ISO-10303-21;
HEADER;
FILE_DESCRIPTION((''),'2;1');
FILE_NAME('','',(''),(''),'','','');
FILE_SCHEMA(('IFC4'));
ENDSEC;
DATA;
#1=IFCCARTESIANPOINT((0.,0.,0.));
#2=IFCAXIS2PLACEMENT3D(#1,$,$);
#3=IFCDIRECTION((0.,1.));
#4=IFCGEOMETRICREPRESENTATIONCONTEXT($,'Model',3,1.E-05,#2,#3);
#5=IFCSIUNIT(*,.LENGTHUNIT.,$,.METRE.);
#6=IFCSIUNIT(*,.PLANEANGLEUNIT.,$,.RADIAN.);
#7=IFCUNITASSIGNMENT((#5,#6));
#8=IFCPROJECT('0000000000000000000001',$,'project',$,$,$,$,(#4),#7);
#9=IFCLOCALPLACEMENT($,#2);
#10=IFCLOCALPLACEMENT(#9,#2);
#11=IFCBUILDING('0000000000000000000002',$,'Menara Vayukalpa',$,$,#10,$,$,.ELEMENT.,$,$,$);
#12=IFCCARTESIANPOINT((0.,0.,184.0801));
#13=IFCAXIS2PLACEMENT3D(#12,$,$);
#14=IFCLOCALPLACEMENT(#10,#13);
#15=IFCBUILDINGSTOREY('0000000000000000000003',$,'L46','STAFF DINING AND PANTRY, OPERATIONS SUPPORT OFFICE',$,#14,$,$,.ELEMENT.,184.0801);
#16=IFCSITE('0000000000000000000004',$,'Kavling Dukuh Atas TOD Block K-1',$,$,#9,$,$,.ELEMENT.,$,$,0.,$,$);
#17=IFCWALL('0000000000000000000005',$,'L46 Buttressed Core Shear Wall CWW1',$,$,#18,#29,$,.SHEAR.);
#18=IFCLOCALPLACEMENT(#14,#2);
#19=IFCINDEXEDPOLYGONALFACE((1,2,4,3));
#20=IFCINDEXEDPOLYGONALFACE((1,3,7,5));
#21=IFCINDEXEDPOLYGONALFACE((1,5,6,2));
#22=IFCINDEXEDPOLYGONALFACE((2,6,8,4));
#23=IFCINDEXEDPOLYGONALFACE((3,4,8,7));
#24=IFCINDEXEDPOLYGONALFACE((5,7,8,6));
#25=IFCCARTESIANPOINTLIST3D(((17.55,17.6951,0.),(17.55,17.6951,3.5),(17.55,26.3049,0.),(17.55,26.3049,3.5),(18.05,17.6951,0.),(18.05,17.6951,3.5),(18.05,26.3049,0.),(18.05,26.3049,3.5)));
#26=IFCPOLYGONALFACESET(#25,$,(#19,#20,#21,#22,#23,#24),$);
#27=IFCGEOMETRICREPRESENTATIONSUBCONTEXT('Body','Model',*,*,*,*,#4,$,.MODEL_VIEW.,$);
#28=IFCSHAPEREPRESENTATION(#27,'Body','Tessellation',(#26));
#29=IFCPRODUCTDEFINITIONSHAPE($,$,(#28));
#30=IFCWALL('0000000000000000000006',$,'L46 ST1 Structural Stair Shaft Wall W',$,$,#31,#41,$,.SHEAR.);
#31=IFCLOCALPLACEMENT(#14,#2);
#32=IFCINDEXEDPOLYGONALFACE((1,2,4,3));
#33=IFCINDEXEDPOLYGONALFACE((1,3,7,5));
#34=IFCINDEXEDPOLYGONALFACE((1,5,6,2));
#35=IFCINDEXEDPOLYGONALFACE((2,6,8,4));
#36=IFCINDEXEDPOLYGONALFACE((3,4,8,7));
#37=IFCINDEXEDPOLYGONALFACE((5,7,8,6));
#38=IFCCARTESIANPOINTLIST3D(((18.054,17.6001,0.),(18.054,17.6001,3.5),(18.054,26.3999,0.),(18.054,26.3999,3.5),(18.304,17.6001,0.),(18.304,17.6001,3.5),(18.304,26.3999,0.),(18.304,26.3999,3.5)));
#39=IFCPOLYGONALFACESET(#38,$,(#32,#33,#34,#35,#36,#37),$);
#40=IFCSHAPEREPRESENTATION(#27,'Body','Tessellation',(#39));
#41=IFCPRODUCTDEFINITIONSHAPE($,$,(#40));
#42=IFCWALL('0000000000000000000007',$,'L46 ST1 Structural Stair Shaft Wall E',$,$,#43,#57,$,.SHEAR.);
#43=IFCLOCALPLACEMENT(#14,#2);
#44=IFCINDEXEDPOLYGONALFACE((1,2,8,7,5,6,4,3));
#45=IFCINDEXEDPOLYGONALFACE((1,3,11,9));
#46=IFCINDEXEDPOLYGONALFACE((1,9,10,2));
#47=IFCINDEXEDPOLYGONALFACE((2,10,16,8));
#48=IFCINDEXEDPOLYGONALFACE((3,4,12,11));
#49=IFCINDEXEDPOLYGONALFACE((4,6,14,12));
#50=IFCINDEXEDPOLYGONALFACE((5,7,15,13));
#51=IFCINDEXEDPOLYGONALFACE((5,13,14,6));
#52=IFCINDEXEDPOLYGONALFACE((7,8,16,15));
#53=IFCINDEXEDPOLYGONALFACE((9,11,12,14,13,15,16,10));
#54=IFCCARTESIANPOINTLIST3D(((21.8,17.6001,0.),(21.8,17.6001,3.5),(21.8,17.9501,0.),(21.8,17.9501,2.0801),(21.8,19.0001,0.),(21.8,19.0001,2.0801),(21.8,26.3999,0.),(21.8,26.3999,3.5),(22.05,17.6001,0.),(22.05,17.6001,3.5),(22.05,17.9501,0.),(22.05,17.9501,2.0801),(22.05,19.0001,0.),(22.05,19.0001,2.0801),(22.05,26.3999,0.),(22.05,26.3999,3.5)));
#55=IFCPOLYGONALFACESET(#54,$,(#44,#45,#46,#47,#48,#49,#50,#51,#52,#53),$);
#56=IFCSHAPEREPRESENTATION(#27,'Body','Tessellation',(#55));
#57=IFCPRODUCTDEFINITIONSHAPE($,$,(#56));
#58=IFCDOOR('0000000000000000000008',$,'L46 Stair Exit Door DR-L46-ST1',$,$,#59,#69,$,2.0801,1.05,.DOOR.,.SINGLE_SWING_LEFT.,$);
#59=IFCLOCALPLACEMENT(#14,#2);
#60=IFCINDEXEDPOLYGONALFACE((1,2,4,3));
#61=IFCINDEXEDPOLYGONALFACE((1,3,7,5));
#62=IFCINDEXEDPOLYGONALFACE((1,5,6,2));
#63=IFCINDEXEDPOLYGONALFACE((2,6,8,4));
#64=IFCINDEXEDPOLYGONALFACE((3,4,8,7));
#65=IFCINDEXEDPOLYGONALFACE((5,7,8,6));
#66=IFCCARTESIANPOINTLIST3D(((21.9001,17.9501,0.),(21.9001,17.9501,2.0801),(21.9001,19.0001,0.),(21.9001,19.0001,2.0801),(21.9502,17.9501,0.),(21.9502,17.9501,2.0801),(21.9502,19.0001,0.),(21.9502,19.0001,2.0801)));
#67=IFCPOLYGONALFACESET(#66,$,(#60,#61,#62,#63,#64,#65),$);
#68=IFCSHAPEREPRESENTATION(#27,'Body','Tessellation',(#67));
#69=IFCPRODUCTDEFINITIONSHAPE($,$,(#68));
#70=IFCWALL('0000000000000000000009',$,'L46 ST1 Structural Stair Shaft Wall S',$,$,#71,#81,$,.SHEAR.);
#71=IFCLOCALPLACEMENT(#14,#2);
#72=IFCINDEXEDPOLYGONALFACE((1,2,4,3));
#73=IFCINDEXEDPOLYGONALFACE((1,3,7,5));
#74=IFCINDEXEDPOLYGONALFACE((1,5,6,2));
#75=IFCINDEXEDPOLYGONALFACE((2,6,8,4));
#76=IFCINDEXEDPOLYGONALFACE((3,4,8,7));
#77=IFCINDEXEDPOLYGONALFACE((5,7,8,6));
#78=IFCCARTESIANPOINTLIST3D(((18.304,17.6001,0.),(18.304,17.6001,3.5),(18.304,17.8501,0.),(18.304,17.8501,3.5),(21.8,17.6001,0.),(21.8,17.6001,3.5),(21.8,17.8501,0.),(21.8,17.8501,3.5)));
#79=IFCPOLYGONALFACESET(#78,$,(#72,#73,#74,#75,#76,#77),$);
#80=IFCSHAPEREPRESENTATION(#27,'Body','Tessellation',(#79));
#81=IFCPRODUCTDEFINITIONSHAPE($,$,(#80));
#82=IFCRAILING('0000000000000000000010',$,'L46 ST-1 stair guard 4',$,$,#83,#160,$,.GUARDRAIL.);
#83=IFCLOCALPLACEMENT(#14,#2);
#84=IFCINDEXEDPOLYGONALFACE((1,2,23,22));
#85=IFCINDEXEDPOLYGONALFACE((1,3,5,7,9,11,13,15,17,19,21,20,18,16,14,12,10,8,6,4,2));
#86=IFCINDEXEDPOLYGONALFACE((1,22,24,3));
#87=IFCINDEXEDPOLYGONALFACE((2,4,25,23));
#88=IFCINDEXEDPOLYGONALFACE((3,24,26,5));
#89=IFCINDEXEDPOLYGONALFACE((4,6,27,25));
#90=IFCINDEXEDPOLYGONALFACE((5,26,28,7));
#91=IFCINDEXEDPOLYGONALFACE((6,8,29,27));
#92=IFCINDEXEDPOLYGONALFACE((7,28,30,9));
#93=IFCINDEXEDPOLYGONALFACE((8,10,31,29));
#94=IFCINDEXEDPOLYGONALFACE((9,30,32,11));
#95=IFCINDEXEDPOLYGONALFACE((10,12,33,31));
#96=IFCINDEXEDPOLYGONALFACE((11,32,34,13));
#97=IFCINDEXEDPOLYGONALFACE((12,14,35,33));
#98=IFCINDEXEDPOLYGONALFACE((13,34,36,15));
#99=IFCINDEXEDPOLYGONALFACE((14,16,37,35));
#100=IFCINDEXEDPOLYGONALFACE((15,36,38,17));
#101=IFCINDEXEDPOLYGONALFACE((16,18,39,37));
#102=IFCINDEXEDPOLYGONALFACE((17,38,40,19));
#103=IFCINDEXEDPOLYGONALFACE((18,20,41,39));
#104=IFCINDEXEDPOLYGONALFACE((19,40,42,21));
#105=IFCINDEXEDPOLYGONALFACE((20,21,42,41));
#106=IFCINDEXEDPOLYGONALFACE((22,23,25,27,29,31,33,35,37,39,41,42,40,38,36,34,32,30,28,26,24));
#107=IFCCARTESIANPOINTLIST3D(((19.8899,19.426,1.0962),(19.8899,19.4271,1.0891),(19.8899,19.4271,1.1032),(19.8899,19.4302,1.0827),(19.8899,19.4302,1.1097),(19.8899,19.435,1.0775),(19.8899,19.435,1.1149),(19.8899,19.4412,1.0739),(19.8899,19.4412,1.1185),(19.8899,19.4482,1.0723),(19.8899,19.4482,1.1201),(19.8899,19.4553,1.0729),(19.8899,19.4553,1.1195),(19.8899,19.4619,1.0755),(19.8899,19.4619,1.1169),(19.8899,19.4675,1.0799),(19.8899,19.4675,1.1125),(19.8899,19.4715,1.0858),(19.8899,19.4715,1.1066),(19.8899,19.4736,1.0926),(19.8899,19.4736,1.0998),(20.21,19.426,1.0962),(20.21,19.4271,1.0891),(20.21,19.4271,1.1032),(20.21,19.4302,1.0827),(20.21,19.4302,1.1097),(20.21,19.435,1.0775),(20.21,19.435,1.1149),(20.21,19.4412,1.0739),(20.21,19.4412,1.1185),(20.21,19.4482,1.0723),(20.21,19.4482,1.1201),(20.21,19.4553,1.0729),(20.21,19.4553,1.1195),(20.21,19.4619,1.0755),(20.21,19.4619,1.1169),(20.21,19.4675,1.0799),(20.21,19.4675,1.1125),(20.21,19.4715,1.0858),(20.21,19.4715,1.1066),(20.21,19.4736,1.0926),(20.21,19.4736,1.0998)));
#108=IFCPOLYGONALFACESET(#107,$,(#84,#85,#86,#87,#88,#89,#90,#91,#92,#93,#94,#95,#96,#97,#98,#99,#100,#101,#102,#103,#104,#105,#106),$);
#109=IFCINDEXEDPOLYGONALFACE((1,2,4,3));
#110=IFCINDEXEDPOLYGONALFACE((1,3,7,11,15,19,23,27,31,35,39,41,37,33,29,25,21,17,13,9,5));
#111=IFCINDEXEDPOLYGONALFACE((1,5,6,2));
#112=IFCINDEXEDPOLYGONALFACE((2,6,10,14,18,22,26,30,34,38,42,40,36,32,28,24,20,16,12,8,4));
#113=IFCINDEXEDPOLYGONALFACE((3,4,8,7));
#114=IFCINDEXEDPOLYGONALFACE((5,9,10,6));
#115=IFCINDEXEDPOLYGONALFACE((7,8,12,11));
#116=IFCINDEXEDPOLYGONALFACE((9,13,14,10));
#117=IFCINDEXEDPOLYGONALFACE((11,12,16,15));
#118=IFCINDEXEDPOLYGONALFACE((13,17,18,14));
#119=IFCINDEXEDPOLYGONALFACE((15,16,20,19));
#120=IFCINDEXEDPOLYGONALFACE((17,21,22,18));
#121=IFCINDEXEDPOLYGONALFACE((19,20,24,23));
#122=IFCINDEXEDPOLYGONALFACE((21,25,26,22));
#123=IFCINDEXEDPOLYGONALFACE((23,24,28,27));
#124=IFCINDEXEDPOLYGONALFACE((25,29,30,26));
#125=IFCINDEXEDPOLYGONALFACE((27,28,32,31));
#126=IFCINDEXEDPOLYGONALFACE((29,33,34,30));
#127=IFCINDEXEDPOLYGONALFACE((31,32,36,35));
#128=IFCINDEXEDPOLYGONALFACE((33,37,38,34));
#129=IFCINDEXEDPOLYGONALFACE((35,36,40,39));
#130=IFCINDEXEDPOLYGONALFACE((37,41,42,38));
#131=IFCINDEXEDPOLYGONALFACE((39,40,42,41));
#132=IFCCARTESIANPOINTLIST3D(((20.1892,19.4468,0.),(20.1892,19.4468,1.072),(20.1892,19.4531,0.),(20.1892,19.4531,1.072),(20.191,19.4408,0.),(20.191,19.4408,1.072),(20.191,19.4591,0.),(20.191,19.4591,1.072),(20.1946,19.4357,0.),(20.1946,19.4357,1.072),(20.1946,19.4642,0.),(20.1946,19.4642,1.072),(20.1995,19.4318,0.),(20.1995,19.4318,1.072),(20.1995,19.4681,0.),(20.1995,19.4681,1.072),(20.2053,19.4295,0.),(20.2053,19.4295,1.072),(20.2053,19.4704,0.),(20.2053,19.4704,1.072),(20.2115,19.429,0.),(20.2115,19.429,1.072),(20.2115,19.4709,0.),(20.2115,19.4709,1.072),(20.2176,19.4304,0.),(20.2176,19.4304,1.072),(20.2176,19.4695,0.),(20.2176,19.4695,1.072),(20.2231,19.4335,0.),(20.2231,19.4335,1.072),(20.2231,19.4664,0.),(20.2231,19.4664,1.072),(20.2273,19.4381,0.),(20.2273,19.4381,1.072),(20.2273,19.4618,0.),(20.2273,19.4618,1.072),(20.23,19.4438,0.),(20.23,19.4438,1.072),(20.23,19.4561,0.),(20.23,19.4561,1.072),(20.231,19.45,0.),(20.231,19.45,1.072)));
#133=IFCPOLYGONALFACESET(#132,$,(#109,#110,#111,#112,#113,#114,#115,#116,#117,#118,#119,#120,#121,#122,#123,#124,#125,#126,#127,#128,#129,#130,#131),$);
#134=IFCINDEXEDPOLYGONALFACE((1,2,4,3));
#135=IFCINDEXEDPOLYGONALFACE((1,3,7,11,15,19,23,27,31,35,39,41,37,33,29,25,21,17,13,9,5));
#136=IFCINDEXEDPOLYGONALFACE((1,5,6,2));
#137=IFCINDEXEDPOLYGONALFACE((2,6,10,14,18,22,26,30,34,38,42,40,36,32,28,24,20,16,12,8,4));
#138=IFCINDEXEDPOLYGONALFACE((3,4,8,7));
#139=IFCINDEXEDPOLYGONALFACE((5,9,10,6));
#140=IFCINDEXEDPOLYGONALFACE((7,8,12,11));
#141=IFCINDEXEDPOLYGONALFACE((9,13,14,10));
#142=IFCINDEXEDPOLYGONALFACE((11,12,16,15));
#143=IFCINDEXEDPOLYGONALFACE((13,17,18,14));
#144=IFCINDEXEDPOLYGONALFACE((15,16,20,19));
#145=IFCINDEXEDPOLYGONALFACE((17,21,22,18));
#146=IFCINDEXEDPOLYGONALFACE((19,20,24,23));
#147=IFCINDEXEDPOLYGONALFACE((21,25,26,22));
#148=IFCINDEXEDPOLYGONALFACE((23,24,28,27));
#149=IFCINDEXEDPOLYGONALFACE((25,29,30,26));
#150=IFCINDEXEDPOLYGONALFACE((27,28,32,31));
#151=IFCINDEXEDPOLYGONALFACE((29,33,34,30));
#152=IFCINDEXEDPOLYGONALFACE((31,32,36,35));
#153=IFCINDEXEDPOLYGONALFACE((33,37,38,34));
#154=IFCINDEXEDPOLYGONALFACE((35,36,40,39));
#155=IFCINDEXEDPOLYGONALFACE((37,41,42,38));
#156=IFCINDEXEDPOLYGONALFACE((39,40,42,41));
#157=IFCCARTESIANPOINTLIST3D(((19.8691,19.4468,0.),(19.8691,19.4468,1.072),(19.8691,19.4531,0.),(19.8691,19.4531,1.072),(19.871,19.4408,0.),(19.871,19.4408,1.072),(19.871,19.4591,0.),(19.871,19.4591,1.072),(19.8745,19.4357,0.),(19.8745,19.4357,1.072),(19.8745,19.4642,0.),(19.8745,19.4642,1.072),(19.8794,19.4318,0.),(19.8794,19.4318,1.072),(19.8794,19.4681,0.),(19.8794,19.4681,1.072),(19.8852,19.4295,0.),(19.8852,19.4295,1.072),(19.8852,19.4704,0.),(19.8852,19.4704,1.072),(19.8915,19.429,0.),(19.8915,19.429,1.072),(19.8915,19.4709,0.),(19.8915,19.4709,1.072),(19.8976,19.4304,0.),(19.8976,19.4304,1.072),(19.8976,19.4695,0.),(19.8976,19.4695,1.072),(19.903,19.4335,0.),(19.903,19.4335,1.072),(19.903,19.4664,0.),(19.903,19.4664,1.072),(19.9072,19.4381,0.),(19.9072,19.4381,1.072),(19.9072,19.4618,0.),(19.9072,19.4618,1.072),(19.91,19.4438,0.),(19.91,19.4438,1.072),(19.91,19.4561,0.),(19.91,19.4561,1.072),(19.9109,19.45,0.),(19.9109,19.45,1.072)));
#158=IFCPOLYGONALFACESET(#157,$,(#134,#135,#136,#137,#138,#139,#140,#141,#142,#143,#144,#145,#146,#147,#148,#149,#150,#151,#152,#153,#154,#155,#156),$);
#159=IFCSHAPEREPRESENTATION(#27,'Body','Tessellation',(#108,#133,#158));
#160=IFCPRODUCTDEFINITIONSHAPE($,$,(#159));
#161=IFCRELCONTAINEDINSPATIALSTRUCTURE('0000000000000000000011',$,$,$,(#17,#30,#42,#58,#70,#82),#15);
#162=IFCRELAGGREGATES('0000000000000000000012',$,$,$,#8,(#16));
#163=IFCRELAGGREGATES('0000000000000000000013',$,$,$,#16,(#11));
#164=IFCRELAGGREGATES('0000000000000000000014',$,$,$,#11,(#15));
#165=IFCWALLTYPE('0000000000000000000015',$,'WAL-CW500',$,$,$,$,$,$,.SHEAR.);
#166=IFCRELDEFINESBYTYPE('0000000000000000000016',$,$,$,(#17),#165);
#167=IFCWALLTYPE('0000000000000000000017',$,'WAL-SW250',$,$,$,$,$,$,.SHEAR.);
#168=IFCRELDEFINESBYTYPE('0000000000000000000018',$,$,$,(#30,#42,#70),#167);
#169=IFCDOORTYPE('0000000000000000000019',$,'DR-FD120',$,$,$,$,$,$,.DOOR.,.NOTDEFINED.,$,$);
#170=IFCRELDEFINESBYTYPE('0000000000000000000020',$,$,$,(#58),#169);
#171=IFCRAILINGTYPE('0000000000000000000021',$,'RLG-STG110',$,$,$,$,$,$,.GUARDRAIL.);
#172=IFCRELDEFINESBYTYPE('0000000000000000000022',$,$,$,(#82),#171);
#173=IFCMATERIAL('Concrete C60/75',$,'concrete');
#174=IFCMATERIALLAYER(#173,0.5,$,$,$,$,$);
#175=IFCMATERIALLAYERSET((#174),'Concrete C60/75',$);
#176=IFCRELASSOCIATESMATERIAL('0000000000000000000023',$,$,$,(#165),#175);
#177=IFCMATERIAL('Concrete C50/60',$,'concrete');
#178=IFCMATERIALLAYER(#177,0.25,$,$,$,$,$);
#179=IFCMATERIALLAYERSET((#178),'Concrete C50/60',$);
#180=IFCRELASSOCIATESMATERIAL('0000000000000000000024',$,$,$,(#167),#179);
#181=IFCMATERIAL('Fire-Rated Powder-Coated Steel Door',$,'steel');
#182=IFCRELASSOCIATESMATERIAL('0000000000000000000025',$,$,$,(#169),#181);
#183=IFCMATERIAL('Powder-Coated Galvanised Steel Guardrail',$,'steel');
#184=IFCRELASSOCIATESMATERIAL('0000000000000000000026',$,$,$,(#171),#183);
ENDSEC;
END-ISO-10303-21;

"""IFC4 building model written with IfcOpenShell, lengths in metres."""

from ifc_helpers import new_model, si_unit, direction, frame, frame_2d, origin, origin_2d, place, context, subcontext, project, spatial, rectangle, circle, extrude, material, layer, layer_set, type_object, element, fill, save


model = new_model("IFC4")

# Units and contexts
model_context = context("Model", 3, precision=1e-05, world=origin(), true_north=direction((0.0, 1.0)))
body_context = subcontext(model_context, "Body", "Model", "MODEL_VIEW")
ifc_project = project(units=[si_unit("LENGTHUNIT", "METRE"), si_unit("PLANEANGLEUNIT", "RADIAN")], contexts=[model_context])

# Site, building, storey
site_placement = place(None, origin())
site = spatial("IfcSite", under=ifc_project, at=site_placement, Name="Kavling Dukuh Atas TOD Block K-1", CompositionType="ELEMENT", RefElevation=0.0)
building_placement = place(site_placement, origin())
building = spatial("IfcBuilding", under=site, at=building_placement, Name="Menara Vayukalpa", CompositionType="ELEMENT")
storey_placement = place(building_placement, frame((0.0, 0.0, 184.0801)))
storey = spatial("IfcBuildingStorey", under=building, at=storey_placement, Name="L46", Description="STAFF DINING AND PANTRY, OPERATIONS SUPPORT OFFICE", CompositionType="ELEMENT", Elevation=184.0801)

# Walls
ifc_material_1 = material(Name="Concrete C60/75", Category="concrete")
ifc_layer_1 = layer(ifc_material_1, 0.5)
ifc_layer_set_1 = layer_set([ifc_layer_1], Name="Concrete C60/75")
wall_type_1 = type_object("IfcWallType", Name="WAL-CW500", PredefinedType="SHEAR", material=ifc_layer_set_1)
wall_1_placement = place(storey_placement, frame((17.8, 17.6951, 0.0), z_axis=(0.0, 0.0, 1.0), x_axis=(0.0, 1.0, 0.0)))
element("IfcWall", 1, at=wall_1_placement, inside=storey, type_object=wall_type_1, Name="L46 Buttressed Core Shear Wall CWW1", PredefinedType="SHEAR", context=body_context, shape_type="SweptSolid", body=[
    extrude(rectangle(XDim=8.6099, YDim=0.5, at=frame_2d((4.3049, 0.0))), origin(), (0.0, 0.0, 1.0), 3.5),
])
ifc_material_2 = material(Name="Concrete C50/60", Category="concrete")
ifc_layer_2 = layer(ifc_material_2, 0.25)
ifc_layer_set_2 = layer_set([ifc_layer_2], Name="Concrete C50/60")
wall_type_2 = type_object("IfcWallType", Name="WAL-SW250", PredefinedType="SHEAR", material=ifc_layer_set_2)
wall_2_placement = place(storey_placement, frame((18.179, 17.6001, 0.0), z_axis=(0.0, 0.0, 1.0), x_axis=(0.0, 1.0, 0.0)))
element("IfcWall", 2, at=wall_2_placement, inside=storey, type_object=wall_type_2, Name="L46 ST1 Structural Stair Shaft Wall W", PredefinedType="SHEAR", context=body_context, shape_type="SweptSolid", body=[
    extrude(rectangle(XDim=8.7998, YDim=0.25, at=frame_2d((4.3999, 0.0))), origin(), (0.0, 0.0, 1.0), 3.5),
])

# Wall, opening, door
wall_3_placement = place(storey_placement, frame((21.925, 17.6001, 0.0), z_axis=(0.0, 0.0, 1.0), x_axis=(0.0, 1.0, 0.0)))
wall_3 = element("IfcWall", 3, at=wall_3_placement, inside=storey, type_object=wall_type_2, Name="L46 ST1 Structural Stair Shaft Wall E", PredefinedType="SHEAR", context=body_context, shape_type="SweptSolid", body=[
    extrude(rectangle(XDim=8.7998, YDim=0.25, at=frame_2d((4.3999, 0.0))), origin(), (0.0, 0.0, 1.0), 3.5),
])
opening_placement = place(wall_3_placement, frame((0.3501, 0.0, 0.0)))
opening = element("IfcOpeningElement", 4, at=opening_placement, cuts=wall_3, PredefinedType="OPENING", context=body_context, shape_type="SweptSolid", body=[
    extrude(rectangle(XDim=1.05, YDim=2.0801, at=frame_2d((0.5249, 1.04))), frame((0.0, 0.135, 0.0), z_axis=(0.0, -1.0, 0.0), x_axis=(1.0, 0.0, 0.0)), (0.0, 0.0, 1.0), 0.27),
])
ifc_material_3 = material(Name="Fire-Rated Powder-Coated Steel Door", Category="steel")
door_type = type_object("IfcDoorType", Name="DR-FD120", OperationType="NOTDEFINED", PredefinedType="DOOR", material=ifc_material_3)
door_placement = place(opening_placement, origin())
door = element("IfcDoor", 5, at=door_placement, inside=storey, type_object=door_type, Name="L46 Stair Exit Door DR-L46-ST1", OperationType="SINGLE_SWING_LEFT", OverallHeight=2.0801, OverallWidth=1.05, PredefinedType="DOOR", context=body_context, shape_type="SweptSolid", body=[
    extrude(rectangle(XDim=1.05, YDim=2.0801, at=frame_2d((0.5249, 1.04))), frame((0.0, 0.0249, 0.0), z_axis=(0.0, -1.0, 0.0), x_axis=(1.0, 0.0, 0.0)), (0.0, 0.0, 1.0), 0.05),
])
fill(opening, door)

# Wall
wall_4_placement = place(storey_placement, frame((18.304, 17.7251, 0.0), z_axis=(0.0, 0.0, 1.0), x_axis=(1.0, 0.0, 0.0)))
element("IfcWall", 6, at=wall_4_placement, inside=storey, type_object=wall_type_2, Name="L46 ST1 Structural Stair Shaft Wall S", PredefinedType="SHEAR", context=body_context, shape_type="SweptSolid", body=[
    extrude(rectangle(XDim=3.4961, YDim=0.25, at=frame_2d((1.748, 0.0))), origin(), (0.0, 0.0, 1.0), 3.5),
])

# Railing
ifc_material_4 = material(Name="Powder-Coated Galvanised Steel Guardrail", Category="steel")
railing_type = type_object("IfcRailingType", Name="RLG-STG110", PredefinedType="GUARDRAIL", material=ifc_material_4)
railing_placement = place(storey_placement, frame((20.21, 19.45, 0.0)))
element("IfcRailing", 7, at=railing_placement, inside=storey, type_object=railing_type, Name="L46 ST-1 stair guard 4", PredefinedType="GUARDRAIL", context=body_context, shape_type="SweptSolid", body=[
    extrude(circle(Radius=0.0239, at=origin_2d()), frame((0.0, 0.0, 1.0962), z_axis=(-1.0, 0.0, 0.0), x_axis=(0.0, -1.0, 0.0)), (0.0, 0.0, 1.0), 0.3201),
    extrude(circle(Radius=0.021, at=origin_2d()), origin(), (0.0, 0.0, 1.0), 1.072),
    extrude(circle(Radius=0.021, at=origin_2d()), frame((-0.3201, 0.0, 0.0)), (0.0, 0.0, 1.0), 1.072),
])

save(model, "model.ifc")
